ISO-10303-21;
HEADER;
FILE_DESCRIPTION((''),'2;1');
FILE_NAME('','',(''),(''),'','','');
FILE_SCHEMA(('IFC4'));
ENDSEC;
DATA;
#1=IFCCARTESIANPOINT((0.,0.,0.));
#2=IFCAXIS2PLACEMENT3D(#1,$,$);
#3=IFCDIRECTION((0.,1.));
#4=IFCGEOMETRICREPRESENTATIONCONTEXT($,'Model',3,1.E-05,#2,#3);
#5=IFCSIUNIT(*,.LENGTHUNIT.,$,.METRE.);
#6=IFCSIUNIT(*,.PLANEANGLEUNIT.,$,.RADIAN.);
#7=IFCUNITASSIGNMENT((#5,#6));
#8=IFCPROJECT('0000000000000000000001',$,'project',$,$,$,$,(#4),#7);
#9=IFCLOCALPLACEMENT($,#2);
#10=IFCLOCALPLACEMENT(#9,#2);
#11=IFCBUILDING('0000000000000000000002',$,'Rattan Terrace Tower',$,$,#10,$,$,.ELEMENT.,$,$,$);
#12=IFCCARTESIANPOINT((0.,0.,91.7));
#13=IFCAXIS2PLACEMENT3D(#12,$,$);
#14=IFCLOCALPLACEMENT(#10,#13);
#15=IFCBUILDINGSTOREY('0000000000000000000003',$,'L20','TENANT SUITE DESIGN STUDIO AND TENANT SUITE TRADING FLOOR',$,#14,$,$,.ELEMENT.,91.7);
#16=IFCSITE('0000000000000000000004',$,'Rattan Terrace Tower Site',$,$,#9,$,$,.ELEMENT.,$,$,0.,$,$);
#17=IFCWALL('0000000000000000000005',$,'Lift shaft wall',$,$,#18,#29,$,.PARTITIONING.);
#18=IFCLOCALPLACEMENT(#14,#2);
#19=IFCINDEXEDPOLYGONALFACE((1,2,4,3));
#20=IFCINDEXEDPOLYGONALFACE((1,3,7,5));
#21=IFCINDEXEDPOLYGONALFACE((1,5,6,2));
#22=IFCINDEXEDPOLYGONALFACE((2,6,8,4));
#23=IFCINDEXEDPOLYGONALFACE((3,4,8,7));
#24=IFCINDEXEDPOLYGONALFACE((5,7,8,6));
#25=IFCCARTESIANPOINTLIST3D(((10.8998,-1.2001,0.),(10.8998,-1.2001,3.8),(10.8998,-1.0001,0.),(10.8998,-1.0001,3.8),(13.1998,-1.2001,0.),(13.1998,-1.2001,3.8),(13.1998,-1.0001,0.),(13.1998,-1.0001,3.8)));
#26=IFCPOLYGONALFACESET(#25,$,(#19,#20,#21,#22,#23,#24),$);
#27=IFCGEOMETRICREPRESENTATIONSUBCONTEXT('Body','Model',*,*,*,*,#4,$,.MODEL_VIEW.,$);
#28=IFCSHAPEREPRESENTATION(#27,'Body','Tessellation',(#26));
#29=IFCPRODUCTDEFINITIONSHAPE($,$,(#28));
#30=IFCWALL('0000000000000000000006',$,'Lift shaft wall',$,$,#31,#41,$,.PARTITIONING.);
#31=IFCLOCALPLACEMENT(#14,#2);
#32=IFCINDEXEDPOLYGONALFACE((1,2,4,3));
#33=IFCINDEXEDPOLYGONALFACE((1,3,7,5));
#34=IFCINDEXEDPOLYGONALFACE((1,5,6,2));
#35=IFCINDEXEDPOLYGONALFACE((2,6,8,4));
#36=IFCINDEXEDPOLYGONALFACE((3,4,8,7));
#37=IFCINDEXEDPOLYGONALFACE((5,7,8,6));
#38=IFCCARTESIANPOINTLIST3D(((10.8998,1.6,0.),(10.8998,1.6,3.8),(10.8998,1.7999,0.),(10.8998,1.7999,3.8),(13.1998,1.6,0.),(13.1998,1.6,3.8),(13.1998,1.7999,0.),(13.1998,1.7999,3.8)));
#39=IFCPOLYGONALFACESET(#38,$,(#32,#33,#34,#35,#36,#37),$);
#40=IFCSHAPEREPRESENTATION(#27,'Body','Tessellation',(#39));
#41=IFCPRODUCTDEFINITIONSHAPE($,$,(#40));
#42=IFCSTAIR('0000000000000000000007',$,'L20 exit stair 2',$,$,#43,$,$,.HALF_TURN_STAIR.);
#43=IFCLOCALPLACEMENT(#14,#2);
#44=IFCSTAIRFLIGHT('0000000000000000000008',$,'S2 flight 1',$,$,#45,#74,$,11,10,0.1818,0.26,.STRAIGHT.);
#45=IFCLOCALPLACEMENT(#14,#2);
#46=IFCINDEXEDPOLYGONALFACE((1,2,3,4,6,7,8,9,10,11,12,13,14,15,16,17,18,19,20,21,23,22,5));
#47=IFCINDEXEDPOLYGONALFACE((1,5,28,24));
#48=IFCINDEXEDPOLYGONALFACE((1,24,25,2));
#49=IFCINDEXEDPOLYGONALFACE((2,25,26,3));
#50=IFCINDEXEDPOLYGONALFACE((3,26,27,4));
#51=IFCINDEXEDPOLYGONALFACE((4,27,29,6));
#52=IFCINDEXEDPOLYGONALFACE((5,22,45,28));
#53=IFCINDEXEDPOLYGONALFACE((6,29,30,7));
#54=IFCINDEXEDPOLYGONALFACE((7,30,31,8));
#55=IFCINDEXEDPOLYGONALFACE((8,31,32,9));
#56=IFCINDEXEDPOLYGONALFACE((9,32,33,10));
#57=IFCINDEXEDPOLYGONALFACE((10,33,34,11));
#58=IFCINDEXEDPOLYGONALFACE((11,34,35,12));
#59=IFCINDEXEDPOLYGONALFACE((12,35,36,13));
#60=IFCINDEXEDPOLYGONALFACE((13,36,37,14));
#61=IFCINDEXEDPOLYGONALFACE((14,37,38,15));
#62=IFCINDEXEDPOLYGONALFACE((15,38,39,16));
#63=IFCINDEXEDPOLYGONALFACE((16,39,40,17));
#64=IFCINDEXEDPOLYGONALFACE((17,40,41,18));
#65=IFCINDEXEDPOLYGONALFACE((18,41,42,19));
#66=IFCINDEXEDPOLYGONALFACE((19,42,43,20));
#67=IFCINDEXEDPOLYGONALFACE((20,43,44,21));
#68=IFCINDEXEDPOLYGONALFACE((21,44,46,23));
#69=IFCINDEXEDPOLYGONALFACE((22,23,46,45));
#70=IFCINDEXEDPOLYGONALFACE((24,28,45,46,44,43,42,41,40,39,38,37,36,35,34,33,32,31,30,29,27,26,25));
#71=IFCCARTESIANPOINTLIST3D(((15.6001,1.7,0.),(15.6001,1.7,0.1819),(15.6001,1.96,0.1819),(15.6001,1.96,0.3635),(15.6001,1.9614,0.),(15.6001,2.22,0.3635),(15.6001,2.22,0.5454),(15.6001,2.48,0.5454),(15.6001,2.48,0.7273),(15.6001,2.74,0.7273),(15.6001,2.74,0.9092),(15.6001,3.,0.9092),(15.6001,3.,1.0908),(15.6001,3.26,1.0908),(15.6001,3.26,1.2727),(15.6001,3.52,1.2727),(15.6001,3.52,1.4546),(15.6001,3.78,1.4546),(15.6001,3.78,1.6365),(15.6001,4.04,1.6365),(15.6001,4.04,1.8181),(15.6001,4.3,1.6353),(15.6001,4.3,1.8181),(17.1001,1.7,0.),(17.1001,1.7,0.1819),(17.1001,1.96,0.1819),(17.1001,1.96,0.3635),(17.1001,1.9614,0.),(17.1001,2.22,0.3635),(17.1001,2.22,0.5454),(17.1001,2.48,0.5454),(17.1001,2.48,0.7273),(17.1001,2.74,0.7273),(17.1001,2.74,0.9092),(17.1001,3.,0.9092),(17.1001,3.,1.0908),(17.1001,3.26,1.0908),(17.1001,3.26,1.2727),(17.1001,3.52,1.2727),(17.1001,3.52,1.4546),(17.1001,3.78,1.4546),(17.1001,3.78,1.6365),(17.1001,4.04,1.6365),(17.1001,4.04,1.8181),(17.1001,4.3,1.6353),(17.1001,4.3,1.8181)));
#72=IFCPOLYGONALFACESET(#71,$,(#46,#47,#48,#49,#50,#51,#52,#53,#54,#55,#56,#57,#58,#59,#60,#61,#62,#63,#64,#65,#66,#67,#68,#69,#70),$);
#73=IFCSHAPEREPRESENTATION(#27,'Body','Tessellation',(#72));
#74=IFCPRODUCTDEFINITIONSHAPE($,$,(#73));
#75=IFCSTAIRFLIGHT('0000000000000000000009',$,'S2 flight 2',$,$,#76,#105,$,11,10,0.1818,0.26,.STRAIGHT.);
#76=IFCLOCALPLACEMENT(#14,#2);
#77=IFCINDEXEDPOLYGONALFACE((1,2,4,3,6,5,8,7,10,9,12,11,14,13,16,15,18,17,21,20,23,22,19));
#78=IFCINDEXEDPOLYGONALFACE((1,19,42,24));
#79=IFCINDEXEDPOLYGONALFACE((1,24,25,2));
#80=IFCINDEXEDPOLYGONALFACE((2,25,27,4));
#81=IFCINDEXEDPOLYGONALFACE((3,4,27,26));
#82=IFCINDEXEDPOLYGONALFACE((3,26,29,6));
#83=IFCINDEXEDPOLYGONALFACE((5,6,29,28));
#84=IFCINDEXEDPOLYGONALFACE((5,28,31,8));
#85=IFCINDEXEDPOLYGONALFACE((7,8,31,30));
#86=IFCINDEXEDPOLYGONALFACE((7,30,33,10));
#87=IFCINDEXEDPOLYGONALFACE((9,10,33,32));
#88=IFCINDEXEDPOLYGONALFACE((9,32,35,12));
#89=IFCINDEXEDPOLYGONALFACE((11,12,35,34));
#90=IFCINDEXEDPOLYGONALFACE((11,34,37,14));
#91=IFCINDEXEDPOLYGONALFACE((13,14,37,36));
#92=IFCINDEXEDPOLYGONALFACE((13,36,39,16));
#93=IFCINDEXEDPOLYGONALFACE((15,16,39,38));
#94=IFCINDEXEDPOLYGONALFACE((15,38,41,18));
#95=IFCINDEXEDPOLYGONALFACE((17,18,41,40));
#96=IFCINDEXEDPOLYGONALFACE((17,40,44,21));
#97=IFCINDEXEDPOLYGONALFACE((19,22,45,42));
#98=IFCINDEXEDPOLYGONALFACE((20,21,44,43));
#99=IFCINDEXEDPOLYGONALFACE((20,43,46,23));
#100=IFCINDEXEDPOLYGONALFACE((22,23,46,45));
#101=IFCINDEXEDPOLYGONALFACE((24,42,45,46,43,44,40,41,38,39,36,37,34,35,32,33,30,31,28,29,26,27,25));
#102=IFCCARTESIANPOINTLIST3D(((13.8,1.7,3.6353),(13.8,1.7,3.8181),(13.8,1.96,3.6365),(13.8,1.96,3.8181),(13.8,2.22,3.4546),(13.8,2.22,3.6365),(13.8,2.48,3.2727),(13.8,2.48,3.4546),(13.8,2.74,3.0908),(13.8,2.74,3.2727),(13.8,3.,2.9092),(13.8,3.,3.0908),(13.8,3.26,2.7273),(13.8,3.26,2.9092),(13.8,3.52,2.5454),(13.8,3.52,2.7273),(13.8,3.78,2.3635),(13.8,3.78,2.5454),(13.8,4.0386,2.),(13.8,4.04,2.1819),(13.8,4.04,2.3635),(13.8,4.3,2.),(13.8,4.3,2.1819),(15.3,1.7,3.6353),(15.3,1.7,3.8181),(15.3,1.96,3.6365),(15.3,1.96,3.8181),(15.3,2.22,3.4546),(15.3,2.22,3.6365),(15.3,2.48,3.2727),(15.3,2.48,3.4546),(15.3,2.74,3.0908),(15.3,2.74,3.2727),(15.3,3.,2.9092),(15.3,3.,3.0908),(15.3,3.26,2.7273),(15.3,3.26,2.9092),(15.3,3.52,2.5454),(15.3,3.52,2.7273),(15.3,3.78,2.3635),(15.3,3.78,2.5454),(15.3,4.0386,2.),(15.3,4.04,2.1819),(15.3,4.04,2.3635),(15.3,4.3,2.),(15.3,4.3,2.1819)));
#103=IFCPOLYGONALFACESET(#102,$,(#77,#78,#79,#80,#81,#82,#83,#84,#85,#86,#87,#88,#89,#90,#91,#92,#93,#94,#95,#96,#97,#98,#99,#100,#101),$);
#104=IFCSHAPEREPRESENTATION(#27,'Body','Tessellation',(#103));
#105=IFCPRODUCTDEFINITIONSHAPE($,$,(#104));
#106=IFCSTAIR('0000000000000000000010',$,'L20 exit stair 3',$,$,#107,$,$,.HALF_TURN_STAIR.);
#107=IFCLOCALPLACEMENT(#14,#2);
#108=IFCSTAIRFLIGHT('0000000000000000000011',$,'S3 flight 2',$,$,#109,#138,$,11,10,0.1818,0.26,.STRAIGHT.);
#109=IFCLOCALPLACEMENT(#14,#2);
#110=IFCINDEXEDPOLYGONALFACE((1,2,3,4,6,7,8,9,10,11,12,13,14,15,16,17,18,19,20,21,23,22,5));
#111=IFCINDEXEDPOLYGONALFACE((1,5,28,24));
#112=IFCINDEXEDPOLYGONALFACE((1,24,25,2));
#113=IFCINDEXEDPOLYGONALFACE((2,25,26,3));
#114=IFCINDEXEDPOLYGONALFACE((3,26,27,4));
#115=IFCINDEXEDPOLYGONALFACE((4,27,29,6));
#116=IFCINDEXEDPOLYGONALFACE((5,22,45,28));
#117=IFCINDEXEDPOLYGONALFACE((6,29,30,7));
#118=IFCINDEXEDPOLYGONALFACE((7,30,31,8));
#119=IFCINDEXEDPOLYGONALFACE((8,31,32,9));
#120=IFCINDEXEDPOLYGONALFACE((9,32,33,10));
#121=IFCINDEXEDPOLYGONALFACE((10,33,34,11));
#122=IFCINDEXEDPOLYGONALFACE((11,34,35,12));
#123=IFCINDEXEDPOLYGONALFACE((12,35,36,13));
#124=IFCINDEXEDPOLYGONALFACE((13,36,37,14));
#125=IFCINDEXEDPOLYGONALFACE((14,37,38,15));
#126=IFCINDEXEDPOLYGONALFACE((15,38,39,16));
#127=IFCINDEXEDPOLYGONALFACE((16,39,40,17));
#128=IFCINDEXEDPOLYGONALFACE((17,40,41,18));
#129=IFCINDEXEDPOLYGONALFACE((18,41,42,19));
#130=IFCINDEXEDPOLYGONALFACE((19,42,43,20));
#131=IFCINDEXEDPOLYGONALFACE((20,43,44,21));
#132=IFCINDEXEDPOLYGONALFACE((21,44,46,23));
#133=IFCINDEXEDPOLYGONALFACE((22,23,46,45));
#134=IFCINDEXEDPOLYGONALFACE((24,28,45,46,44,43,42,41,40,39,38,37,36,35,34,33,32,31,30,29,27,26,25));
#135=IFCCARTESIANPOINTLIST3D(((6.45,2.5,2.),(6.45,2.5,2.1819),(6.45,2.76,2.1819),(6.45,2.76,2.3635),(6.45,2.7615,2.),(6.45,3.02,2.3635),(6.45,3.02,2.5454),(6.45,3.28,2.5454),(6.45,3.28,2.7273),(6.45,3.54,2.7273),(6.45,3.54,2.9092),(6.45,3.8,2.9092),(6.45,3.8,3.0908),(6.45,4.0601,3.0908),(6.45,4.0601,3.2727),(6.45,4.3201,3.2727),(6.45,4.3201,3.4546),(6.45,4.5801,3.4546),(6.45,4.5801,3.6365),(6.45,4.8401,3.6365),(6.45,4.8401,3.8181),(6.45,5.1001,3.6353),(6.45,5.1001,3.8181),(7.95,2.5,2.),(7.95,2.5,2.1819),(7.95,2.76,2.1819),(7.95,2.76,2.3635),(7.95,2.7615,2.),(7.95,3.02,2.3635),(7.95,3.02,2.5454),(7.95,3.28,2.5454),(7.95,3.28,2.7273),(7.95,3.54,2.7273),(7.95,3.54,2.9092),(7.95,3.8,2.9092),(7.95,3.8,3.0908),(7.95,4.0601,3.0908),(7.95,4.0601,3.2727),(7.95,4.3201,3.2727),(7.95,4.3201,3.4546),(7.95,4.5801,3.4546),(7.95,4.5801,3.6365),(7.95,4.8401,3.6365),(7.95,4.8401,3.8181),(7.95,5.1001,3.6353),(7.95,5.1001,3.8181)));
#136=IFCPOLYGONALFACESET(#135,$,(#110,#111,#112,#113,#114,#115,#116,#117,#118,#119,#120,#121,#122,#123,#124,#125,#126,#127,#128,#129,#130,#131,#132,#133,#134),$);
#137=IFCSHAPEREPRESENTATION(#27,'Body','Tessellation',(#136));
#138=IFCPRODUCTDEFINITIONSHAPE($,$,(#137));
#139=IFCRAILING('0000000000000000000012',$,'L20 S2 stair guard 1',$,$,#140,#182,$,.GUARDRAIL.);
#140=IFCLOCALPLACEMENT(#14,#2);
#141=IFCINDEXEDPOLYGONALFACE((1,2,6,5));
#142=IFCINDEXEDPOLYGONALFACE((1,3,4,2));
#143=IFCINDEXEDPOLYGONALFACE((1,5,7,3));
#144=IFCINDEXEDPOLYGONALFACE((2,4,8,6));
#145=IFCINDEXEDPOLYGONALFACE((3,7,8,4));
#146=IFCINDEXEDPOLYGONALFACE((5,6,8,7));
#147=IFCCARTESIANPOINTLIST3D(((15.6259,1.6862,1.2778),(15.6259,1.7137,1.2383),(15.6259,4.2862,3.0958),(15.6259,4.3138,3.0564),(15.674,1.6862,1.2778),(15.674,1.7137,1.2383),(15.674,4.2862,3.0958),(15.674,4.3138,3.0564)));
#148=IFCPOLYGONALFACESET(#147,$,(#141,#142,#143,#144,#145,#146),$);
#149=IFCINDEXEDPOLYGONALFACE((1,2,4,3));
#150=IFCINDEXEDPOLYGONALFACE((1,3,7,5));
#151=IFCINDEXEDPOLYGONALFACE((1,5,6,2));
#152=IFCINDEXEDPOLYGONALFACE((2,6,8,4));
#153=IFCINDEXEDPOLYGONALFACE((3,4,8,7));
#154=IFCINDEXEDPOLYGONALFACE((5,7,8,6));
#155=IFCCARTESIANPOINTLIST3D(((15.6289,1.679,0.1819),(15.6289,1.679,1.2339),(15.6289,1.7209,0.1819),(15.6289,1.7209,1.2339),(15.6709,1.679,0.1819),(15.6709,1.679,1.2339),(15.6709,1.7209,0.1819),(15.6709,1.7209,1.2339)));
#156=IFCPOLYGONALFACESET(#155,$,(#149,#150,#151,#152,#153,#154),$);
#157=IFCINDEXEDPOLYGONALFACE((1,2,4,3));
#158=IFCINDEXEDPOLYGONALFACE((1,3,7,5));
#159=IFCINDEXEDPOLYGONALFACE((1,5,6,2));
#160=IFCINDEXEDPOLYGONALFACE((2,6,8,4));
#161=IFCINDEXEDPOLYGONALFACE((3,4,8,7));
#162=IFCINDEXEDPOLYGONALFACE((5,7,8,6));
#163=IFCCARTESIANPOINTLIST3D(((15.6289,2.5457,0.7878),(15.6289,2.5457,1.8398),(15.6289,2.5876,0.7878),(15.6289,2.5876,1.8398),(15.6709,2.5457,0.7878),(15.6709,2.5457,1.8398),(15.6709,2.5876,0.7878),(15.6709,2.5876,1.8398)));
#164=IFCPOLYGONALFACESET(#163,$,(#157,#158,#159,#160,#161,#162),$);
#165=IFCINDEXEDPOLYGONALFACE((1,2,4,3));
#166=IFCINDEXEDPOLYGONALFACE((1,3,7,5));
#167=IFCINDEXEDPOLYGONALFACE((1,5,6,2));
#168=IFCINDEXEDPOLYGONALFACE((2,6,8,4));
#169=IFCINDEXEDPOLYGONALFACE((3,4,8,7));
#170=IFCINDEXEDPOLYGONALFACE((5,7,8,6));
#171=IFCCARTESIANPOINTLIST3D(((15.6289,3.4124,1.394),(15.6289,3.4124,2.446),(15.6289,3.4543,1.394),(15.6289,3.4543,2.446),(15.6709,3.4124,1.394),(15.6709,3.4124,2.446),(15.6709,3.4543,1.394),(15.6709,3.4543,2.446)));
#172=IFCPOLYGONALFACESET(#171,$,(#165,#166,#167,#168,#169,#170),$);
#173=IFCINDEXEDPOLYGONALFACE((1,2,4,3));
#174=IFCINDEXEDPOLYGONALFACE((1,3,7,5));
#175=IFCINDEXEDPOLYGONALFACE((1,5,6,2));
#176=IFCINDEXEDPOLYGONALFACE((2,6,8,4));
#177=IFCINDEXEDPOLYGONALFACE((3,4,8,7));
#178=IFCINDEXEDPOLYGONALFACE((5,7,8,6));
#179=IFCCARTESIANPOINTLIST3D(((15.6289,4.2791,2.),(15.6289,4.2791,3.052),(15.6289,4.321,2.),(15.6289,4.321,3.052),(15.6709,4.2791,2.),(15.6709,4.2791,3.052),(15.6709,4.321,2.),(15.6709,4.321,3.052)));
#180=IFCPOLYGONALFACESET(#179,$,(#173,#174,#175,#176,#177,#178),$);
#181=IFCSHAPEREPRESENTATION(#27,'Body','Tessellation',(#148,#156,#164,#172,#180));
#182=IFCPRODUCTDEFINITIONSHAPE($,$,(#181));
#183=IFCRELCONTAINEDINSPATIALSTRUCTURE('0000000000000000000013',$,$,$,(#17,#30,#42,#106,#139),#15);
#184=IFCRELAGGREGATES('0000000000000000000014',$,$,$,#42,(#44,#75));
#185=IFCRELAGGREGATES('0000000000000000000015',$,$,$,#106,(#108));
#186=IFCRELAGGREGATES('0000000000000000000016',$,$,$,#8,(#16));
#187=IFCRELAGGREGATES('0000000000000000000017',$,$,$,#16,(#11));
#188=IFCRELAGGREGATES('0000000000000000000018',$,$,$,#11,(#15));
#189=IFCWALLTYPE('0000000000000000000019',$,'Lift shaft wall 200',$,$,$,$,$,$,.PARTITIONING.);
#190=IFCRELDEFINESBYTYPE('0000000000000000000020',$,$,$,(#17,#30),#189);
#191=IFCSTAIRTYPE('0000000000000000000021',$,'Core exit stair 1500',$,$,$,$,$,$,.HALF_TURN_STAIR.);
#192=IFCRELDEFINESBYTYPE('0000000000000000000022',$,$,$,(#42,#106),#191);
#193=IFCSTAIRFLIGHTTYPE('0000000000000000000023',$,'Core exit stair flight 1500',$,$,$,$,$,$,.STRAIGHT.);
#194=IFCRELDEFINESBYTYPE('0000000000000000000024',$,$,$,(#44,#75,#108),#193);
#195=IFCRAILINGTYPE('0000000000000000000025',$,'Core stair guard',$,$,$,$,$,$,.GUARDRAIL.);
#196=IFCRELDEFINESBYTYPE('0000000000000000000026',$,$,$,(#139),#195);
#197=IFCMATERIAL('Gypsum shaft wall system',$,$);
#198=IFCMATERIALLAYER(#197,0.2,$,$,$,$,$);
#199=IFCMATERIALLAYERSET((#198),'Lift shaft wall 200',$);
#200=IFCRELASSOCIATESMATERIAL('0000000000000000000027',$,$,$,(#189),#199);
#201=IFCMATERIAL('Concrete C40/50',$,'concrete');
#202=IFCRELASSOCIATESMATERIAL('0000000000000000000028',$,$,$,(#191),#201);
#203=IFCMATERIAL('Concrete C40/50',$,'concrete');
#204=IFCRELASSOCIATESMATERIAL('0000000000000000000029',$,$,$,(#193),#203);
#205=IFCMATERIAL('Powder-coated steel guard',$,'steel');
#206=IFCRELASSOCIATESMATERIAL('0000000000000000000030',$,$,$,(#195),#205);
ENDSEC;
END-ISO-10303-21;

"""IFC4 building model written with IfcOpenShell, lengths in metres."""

from ifc_helpers import new_model, si_unit, direction, frame, frame_2d, origin, origin_2d, place, context, subcontext, project, spatial, polyline, rectangle, outline, extrude, material, layer, layer_set, type_object, element, aggregate, save


model = new_model("IFC4")

# Units and contexts
model_context = context("Model", 3, precision=1e-05, world=origin(), true_north=direction((0.0, 1.0)))
body_context = subcontext(model_context, "Body", "Model", "MODEL_VIEW")
ifc_project = project(units=[si_unit("LENGTHUNIT", "METRE"), si_unit("PLANEANGLEUNIT", "RADIAN")], contexts=[model_context])

# Site, building, storey
site_placement = place(None, origin())
site = spatial("IfcSite", under=ifc_project, at=site_placement, Name="Rattan Terrace Tower Site", CompositionType="ELEMENT", RefElevation=0.0)
building_placement = place(site_placement, origin())
building = spatial("IfcBuilding", under=site, at=building_placement, Name="Rattan Terrace Tower", CompositionType="ELEMENT")
storey_placement = place(building_placement, frame((0.0, 0.0, 91.7)))
storey = spatial("IfcBuildingStorey", under=building, at=storey_placement, Name="L20", Description="TENANT SUITE DESIGN STUDIO AND TENANT SUITE TRADING FLOOR", CompositionType="ELEMENT", Elevation=91.7)

# Walls
ifc_material_1 = material(Name="Gypsum shaft wall system")
ifc_layer_1 = layer(ifc_material_1, 0.2)
ifc_layer_set_1 = layer_set([ifc_layer_1], Name="Lift shaft wall 200")
wall_type_1 = type_object("IfcWallType", Name="Lift shaft wall 200", PredefinedType="PARTITIONING", material=ifc_layer_set_1)
for number, where, z_axis, x_axis, name in (
    (1, (10.8999, -1.1001, 0.0), (0.0, 0.0, 1.0), (1.0, 0.0, 0.0), "Lift shaft wall"),
    (2, (10.8999, 1.7, 0.0), (0.0, 0.0, 1.0), (1.0, 0.0, 0.0), "Lift shaft wall"),
):
    element("IfcWall", number, at=place(storey_placement, frame(where, z_axis=z_axis, x_axis=x_axis)), inside=storey, type_object=wall_type_1, Name=name, PredefinedType="PARTITIONING", context=body_context, shape_type="SweptSolid", body=[
        extrude(rectangle(XDim=2.3, YDim=0.2, at=frame_2d((1.1499, 0.0))), origin(), (0.0, 0.0, 1.0), 3.8),
    ])

# Stair, stair flights
ifc_material_2 = material(Name="Concrete C40/50", Category="concrete")
stair_type = type_object("IfcStairType", Name="Core exit stair 1500", PredefinedType="HALF_TURN_STAIR", material=ifc_material_2)
stair_1_placement = place(storey_placement, origin())
stair_1 = element("IfcStair", 3, at=stair_1_placement, inside=storey, type_object=stair_type, Name="L20 exit stair 2", PredefinedType="HALF_TURN_STAIR")
ifc_material_3 = material(Name="Concrete C40/50", Category="concrete")
stair_flight_type = type_object("IfcStairFlightType", Name="Core exit stair flight 1500", PredefinedType="STRAIGHT", material=ifc_material_3)
stair_flight_1_placement = place(storey_placement, frame((16.3501, 1.7, 0.0), z_axis=(0.0, 0.0, 1.0), x_axis=(0.0, 1.0, 0.0)))
stair_flight_1 = element("IfcStairFlight", 4, at=stair_flight_1_placement, type_object=stair_flight_type, Name="S2 flight 1", NumberOfRisers=11, NumberOfTreads=10, PredefinedType="STRAIGHT", RiserHeight=0.1818, TreadLength=0.26, context=body_context, shape_type="SweptSolid", body=[
    extrude(outline(polyline([(0.0, 0.0), (0.0, 0.1819), (0.26, 0.1819), (0.26, 0.3635), (0.52, 0.3635), (0.52, 0.5454), (0.78, 0.5454), (0.78, 0.7273), (1.04, 0.7273), (1.04, 0.9092), (1.3, 0.9092), (1.3, 1.0908), (1.5601, 1.0908), (1.5601, 1.2727), (1.8201, 1.2727), (1.8201, 1.4546), (2.0801, 1.4546), (2.0801, 1.6365), (2.3401, 1.6365), (2.3401, 1.8181), (2.6001, 1.8181), (2.6001, 2.0), (2.6001, 1.6353), (0.2615, 0.0), (0.0, 0.0)])), frame((0.0, 0.75, 0.0), z_axis=(0.0, -1.0, 0.0), x_axis=(1.0, 0.0, 0.0)), (0.0, 0.0, 1.0), 1.5),
])
stair_flight_2_placement = place(storey_placement, frame((14.55, 4.3, 2.0), z_axis=(0.0, 0.0, 1.0), x_axis=(0.0, -1.0, 0.0)))
stair_flight_2 = element("IfcStairFlight", 5, at=stair_flight_2_placement, type_object=stair_flight_type, Name="S2 flight 2", NumberOfRisers=11, NumberOfTreads=10, PredefinedType="STRAIGHT", RiserHeight=0.1818, TreadLength=0.26, context=body_context, shape_type="SweptSolid", body=[
    extrude(outline(polyline([(0.0, 0.0), (0.0, 0.1819), (0.26, 0.1819), (0.26, 0.3635), (0.52, 0.3635), (0.52, 0.5454), (0.78, 0.5454), (0.78, 0.7273), (1.04, 0.7273), (1.04, 0.9092), (1.3, 0.9092), (1.3, 1.0908), (1.5601, 1.0908), (1.5601, 1.2727), (1.8201, 1.2727), (1.8201, 1.4546), (2.0801, 1.4546), (2.0801, 1.6365), (2.3401, 1.6365), (2.3401, 1.8181), (2.6001, 1.8181), (2.6001, 2.0), (2.6001, 1.6353), (0.2615, 0.0), (0.0, 0.0)])), frame((0.0, 0.75, 0.0), z_axis=(0.0, -1.0, 0.0), x_axis=(1.0, 0.0, 0.0)), (0.0, 0.0, 1.0), 1.5),
])
aggregate(stair_1, [stair_flight_1, stair_flight_2])

# Stair, stair flight
stair_2_placement = place(storey_placement, origin())
stair_2 = element("IfcStair", 6, at=stair_2_placement, inside=storey, type_object=stair_type, Name="L20 exit stair 3", PredefinedType="HALF_TURN_STAIR")
stair_flight_3_placement = place(storey_placement, frame((7.2, 2.5, 2.0), z_axis=(0.0, 0.0, 1.0), x_axis=(0.0, 1.0, 0.0)))
stair_flight_3 = element("IfcStairFlight", 7, at=stair_flight_3_placement, type_object=stair_flight_type, Name="S3 flight 2", NumberOfRisers=11, NumberOfTreads=10, PredefinedType="STRAIGHT", RiserHeight=0.1818, TreadLength=0.26, context=body_context, shape_type="SweptSolid", body=[
    extrude(outline(polyline([(0.0, 0.0), (0.0, 0.1819), (0.26, 0.1819), (0.26, 0.3635), (0.52, 0.3635), (0.52, 0.5454), (0.78, 0.5454), (0.78, 0.7273), (1.04, 0.7273), (1.04, 0.9092), (1.3, 0.9092), (1.3, 1.0908), (1.5601, 1.0908), (1.5601, 1.2727), (1.8201, 1.2727), (1.8201, 1.4546), (2.0801, 1.4546), (2.0801, 1.6365), (2.3401, 1.6365), (2.3401, 1.8181), (2.6001, 1.8181), (2.6001, 2.0), (2.6001, 1.6353), (0.2615, 0.0), (0.0, 0.0)])), frame((0.0, 0.75, 0.0), z_axis=(0.0, -1.0, 0.0), x_axis=(1.0, 0.0, 0.0)), (0.0, 0.0, 1.0), 1.5),
])
aggregate(stair_2, [stair_flight_3])

# Railing
ifc_material_4 = material(Name="Powder-coated steel guard", Category="steel")
railing_type_1 = type_object("IfcRailingType", Name="Core stair guard", PredefinedType="GUARDRAIL", material=ifc_material_4)
railing_1_placement = place(storey_placement, frame((15.6499, 1.7, 0.1819)))
element("IfcRailing", 8, at=railing_1_placement, inside=storey, type_object=railing_type_1, Name="L20 S2 stair guard 1", PredefinedType="GUARDRAIL", context=body_context, shape_type="SweptSolid", body=[
    extrude(rectangle(XDim=0.0481, YDim=0.0481, at=origin_2d()), frame((0.0, 0.0, 1.0762), z_axis=(0.0, 0.819521, 0.573049), x_axis=(-1.0, 0.0, 0.0)), (0.0, 0.0, 1.0), 3.1726),
    extrude(rectangle(XDim=0.042, YDim=0.042, at=origin_2d()), origin(), (0.0, 0.0, 1.0), 1.052),
    extrude(rectangle(XDim=0.042, YDim=0.042, at=origin_2d()), frame((0.0, 0.8667, 0.606)), (0.0, 0.0, 1.0), 1.052),
    extrude(rectangle(XDim=0.042, YDim=0.042, at=origin_2d()), frame((0.0, 1.7334, 1.2122)), (0.0, 0.0, 1.0), 1.052),
    extrude(rectangle(XDim=0.042, YDim=0.042, at=origin_2d()), frame((0.0, 2.6001, 1.8181)), (0.0, 0.0, 1.0), 1.052),
])

save(model, "model.ifc")
